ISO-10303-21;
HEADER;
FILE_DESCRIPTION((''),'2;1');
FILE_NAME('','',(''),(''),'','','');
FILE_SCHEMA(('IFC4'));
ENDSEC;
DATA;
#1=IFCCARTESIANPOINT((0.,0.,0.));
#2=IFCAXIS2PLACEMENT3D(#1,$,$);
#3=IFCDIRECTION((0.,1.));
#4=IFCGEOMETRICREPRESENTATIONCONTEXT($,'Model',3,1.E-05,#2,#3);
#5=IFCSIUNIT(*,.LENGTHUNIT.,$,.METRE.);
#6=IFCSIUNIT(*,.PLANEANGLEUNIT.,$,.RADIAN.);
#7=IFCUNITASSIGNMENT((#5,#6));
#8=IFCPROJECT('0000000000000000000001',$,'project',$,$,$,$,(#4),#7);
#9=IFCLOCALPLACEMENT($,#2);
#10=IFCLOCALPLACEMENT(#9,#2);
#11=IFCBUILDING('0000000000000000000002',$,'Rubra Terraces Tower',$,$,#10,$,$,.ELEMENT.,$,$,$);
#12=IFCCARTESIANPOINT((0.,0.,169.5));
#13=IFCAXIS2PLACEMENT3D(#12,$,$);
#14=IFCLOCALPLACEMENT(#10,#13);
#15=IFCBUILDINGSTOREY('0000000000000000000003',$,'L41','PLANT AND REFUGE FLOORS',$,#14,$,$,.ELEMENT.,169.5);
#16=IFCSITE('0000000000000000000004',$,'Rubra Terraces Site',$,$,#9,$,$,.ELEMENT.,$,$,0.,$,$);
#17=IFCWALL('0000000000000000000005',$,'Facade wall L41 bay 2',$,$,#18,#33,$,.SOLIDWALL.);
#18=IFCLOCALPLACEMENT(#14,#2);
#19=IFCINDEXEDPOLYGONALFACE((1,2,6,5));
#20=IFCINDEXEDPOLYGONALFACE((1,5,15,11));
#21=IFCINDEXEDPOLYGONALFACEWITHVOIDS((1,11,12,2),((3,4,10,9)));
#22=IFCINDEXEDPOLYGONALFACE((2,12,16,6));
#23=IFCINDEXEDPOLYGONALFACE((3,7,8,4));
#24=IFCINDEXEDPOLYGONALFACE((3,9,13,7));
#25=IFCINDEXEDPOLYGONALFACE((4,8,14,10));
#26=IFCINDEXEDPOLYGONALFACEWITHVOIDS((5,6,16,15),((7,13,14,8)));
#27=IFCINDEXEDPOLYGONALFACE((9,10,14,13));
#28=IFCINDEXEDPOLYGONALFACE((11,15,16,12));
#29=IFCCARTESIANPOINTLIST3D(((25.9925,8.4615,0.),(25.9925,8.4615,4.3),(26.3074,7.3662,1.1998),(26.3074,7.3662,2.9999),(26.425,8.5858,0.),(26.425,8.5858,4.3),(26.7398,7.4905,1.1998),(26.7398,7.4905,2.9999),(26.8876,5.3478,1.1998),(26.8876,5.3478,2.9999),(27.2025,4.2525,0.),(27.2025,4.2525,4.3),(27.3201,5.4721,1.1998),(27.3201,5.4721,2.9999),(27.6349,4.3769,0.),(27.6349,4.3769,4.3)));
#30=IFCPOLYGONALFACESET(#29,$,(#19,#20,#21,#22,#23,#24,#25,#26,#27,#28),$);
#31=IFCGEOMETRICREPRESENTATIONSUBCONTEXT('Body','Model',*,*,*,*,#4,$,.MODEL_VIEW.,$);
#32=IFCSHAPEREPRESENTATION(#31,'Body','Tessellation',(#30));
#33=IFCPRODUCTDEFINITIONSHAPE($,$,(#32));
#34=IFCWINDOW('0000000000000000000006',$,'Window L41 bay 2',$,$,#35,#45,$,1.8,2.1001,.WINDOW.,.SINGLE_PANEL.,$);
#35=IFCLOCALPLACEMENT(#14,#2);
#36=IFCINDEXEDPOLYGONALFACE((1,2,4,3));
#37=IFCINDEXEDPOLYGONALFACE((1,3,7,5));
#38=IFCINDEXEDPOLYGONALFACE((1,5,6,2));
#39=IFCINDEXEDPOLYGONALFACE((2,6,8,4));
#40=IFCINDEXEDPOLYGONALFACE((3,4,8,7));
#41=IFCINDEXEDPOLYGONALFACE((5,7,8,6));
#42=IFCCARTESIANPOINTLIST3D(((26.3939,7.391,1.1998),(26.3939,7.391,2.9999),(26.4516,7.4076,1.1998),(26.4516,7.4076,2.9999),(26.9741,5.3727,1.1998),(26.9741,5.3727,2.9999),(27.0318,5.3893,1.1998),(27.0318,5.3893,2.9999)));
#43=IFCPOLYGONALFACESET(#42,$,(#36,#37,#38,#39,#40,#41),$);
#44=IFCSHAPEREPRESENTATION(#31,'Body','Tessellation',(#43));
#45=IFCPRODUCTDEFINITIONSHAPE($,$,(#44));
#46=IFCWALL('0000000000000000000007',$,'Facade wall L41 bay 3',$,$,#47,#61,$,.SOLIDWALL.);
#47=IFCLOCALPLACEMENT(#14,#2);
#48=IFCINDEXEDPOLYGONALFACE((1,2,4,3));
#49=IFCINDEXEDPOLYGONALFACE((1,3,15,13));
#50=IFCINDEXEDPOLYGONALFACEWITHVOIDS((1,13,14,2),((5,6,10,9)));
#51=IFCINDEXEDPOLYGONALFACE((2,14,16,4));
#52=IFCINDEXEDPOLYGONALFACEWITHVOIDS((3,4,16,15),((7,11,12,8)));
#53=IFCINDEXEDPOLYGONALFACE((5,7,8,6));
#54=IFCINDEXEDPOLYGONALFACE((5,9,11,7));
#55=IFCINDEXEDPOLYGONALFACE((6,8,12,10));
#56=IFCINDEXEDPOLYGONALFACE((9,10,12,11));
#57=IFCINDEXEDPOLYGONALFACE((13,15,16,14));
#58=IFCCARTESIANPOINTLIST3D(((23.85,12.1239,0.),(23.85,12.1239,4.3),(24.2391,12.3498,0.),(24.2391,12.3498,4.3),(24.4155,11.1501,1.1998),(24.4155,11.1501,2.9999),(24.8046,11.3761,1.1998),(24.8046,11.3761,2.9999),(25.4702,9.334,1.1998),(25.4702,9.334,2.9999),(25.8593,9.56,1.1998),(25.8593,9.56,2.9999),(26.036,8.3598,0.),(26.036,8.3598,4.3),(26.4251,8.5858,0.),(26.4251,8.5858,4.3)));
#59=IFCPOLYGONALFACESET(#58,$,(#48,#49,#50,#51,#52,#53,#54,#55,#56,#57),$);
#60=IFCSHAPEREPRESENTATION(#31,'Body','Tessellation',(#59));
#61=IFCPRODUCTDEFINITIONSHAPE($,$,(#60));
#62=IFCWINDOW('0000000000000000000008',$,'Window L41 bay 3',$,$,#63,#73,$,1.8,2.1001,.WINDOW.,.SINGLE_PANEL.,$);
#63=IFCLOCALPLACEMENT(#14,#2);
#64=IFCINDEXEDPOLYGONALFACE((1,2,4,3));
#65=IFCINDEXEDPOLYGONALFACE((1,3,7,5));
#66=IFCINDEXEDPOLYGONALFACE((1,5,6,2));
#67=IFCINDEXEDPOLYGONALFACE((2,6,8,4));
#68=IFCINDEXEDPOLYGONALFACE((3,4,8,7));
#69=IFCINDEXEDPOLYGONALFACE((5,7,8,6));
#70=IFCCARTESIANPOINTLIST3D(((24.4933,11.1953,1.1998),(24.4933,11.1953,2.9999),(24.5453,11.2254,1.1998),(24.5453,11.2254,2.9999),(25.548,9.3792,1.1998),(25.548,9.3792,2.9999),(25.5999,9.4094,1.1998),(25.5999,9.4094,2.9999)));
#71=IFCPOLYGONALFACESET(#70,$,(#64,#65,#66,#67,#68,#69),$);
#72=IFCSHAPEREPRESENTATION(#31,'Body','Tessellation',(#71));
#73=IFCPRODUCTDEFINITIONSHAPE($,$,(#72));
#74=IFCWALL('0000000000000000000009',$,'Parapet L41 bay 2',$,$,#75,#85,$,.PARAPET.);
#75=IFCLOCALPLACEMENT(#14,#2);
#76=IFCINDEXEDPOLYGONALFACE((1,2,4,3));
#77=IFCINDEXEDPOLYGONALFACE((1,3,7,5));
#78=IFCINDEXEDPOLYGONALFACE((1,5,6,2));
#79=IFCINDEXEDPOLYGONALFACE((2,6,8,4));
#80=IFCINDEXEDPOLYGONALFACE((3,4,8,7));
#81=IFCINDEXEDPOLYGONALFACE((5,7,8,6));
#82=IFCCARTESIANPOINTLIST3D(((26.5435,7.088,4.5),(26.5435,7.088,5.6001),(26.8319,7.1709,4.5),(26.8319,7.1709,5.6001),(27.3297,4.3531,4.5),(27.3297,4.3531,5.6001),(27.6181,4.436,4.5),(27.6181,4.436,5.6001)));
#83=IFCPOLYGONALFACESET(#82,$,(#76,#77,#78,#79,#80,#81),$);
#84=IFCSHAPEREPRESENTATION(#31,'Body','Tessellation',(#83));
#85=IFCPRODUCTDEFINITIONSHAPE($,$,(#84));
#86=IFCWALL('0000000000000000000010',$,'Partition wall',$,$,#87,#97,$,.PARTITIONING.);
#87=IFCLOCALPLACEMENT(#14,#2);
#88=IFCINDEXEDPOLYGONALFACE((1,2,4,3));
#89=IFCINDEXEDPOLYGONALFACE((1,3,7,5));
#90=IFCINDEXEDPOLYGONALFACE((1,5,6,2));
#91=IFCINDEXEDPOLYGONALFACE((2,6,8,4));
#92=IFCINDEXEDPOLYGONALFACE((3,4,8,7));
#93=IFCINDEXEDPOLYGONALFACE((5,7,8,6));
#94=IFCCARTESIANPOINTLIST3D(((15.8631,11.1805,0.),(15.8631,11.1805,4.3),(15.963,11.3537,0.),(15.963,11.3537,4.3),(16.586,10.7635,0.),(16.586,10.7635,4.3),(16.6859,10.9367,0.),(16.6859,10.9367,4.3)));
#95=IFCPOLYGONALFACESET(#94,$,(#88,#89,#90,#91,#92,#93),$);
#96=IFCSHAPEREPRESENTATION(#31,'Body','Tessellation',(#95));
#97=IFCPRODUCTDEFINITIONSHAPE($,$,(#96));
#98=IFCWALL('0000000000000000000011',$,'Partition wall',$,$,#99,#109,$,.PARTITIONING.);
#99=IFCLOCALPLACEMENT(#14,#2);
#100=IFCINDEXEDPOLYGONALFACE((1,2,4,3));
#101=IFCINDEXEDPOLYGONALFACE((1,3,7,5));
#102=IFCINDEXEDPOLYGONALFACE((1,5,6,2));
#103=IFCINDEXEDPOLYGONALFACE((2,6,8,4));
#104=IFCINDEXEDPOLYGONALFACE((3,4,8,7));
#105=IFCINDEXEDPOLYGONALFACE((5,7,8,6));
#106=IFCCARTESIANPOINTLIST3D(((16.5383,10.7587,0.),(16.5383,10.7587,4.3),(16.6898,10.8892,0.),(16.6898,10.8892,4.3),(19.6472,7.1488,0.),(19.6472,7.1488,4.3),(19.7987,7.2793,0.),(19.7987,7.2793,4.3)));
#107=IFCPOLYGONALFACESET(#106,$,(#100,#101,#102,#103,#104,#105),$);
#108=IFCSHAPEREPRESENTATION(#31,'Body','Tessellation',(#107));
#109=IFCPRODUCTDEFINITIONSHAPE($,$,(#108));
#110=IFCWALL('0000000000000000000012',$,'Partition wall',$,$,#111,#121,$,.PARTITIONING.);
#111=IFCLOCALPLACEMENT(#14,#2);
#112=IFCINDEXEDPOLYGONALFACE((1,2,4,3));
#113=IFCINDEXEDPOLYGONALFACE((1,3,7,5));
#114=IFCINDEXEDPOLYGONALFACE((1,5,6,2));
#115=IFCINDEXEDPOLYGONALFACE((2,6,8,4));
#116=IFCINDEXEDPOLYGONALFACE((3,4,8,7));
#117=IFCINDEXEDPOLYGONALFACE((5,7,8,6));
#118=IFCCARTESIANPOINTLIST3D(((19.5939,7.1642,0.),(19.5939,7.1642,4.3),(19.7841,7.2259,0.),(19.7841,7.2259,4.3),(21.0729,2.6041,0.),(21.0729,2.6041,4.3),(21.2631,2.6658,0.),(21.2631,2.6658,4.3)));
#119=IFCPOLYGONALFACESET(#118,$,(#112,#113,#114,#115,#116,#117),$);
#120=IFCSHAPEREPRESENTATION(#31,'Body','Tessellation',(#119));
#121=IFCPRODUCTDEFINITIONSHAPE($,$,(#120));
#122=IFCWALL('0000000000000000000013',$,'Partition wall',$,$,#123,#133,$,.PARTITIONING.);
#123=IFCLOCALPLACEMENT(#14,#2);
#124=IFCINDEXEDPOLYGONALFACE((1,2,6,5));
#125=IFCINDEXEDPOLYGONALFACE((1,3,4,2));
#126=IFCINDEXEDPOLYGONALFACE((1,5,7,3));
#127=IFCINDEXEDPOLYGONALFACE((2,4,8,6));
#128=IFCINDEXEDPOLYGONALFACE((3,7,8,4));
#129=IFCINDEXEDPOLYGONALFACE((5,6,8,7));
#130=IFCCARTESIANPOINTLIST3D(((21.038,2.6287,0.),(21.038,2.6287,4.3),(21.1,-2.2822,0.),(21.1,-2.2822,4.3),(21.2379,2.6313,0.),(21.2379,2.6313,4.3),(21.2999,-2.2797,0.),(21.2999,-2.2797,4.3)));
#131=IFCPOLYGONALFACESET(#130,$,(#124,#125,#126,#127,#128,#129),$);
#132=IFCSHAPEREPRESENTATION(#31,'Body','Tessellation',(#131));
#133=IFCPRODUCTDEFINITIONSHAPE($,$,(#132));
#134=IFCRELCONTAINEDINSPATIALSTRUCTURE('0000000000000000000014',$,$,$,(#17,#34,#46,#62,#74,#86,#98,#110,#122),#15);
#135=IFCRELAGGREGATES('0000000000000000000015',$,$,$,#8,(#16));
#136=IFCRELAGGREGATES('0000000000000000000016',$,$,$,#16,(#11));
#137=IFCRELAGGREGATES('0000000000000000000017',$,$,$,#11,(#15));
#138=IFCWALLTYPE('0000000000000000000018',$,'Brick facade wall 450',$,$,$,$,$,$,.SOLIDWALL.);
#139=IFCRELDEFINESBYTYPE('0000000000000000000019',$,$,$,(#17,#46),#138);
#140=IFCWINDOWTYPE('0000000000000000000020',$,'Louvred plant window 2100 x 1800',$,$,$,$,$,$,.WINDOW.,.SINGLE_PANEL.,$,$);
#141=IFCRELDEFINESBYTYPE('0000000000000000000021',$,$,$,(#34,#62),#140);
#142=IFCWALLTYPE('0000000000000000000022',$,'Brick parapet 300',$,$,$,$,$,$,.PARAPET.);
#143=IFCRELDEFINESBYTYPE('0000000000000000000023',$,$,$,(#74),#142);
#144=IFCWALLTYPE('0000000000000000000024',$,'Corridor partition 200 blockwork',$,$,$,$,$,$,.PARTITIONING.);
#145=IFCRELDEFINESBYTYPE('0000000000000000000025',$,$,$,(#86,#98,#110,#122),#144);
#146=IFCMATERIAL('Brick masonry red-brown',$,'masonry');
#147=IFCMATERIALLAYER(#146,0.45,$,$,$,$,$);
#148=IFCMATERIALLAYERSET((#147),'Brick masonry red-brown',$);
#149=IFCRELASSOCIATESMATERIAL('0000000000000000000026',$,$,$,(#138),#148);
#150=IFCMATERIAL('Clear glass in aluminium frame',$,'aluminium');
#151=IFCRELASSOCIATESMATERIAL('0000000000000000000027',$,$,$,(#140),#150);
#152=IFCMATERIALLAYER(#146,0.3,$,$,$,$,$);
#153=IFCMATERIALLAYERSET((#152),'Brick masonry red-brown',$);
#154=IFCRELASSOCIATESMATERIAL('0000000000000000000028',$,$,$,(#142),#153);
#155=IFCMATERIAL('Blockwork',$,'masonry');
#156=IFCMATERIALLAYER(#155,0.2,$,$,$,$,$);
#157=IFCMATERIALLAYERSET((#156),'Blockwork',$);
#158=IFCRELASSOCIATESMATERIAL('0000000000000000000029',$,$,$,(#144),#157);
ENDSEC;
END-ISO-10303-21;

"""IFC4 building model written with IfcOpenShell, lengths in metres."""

from ifc_helpers import new_model, si_unit, direction, frame, frame_2d, origin, place, context, subcontext, project, spatial, rectangle, extrude, material, layer, layer_set, type_object, element, fill, save


model = new_model("IFC4")

# Units and contexts
model_context = context("Model", 3, precision=1e-05, world=origin(), true_north=direction((0.0, 1.0)))
body_context = subcontext(model_context, "Body", "Model", "MODEL_VIEW")
ifc_project = project(units=[si_unit("LENGTHUNIT", "METRE"), si_unit("PLANEANGLEUNIT", "RADIAN")], contexts=[model_context])

# Site, building, storey
site_placement = place(None, origin())
site = spatial("IfcSite", under=ifc_project, at=site_placement, Name="Rubra Terraces Site", CompositionType="ELEMENT", RefElevation=0.0)
building_placement = place(site_placement, origin())
building = spatial("IfcBuilding", under=site, at=building_placement, Name="Rubra Terraces Tower", CompositionType="ELEMENT")
storey_placement = place(building_placement, frame((0.0, 0.0, 169.5)))
storey = spatial("IfcBuildingStorey", under=building, at=storey_placement, Name="L41", Description="PLANT AND REFUGE FLOORS", CompositionType="ELEMENT", Elevation=169.5)

# Walls, openings, windows
ifc_material_1 = material(Name="Brick masonry red-brown", Category="masonry")
ifc_layer_1 = layer(ifc_material_1, 0.45)
ifc_layer_set_1 = layer_set([ifc_layer_1], Name="Brick masonry red-brown")
wall_type_1 = type_object("IfcWallType", Name="Brick facade wall 450", PredefinedType="SOLIDWALL", material=ifc_layer_set_1)
wall_1_placement = place(storey_placement, frame((27.4187, 4.3147, 0.0), z_axis=(0.0, 0.0, 1.0), x_axis=(-0.276282, 0.961077, 0.0)))
wall_1 = element("IfcWall", 1, at=wall_1_placement, inside=storey, type_object=wall_type_1, Name="Facade wall L41 bay 2", PredefinedType="SOLIDWALL", context=body_context, shape_type="SweptSolid", body=[
    extrude(rectangle(XDim=4.3794, YDim=0.45, at=frame_2d((2.1897, 0.0))), origin(), (0.0, 0.0, 1.0), 4.3),
])
opening_1_placement = place(wall_1_placement, frame((1.1396, 0.0, 1.2)))
opening_1 = element("IfcOpeningElement", 2, at=opening_1_placement, cuts=wall_1, PredefinedType="OPENING", context=body_context, shape_type="SweptSolid", body=[
    extrude(rectangle(XDim=2.1001, YDim=1.8, at=frame_2d((1.05, 0.8999))), frame((0.0, 0.2349, 0.0), z_axis=(0.0, -1.0, 0.0), x_axis=(1.0, 0.0, 0.0)), (0.0, 0.0, 1.0), 0.47),
])
ifc_material_2 = material(Name="Clear glass in aluminium frame", Category="aluminium")
window_type = type_object("IfcWindowType", Name="Louvred plant window 2100 x 1800", PartitioningType="SINGLE_PANEL", PredefinedType="WINDOW", material=ifc_material_2)
window_1_placement = place(opening_1_placement, origin())
window_1 = element("IfcWindow", 3, at=window_1_placement, inside=storey, type_object=window_type, Name="Window L41 bay 2", OverallHeight=1.8, OverallWidth=2.1001, PartitioningType="SINGLE_PANEL", PredefinedType="WINDOW", context=body_context, shape_type="SweptSolid", body=[
    extrude(rectangle(XDim=2.1001, YDim=1.8, at=frame_2d((1.05, 0.8999))), frame((0.0, 0.135, 0.0), z_axis=(0.0, -1.0, 0.0), x_axis=(1.0, 0.0, 0.0)), (0.0, 0.0, 1.0), 0.0601),
])
fill(opening_1, window_1)
wall_2_placement = place(storey_placement, frame((26.2305, 8.4729, 0.0), z_axis=(0.0, 0.0, 1.0), x_axis=(-0.502203, 0.86475, 0.0)))
wall_2 = element("IfcWall", 4, at=wall_2_placement, inside=storey, type_object=wall_type_1, Name="Facade wall L41 bay 3", PredefinedType="SOLIDWALL", context=body_context, shape_type="SweptSolid", body=[
    extrude(rectangle(XDim=4.3528, YDim=0.45, at=frame_2d((2.1763, 0.0))), origin(), (0.0, 0.0, 1.0), 4.3),
])
opening_2_placement = place(wall_2_placement, frame((1.1265, 0.0, 1.2)))
opening_2 = element("IfcOpeningElement", 5, at=opening_2_placement, cuts=wall_2, PredefinedType="OPENING", context=body_context, shape_type="SweptSolid", body=[
    extrude(rectangle(XDim=2.1001, YDim=1.8, at=frame_2d((1.05, 0.8999))), frame((0.0, 0.2349, 0.0), z_axis=(0.0, -1.0, 0.0), x_axis=(1.0, 0.0, 0.0)), (0.0, 0.0, 1.0), 0.47),
])
window_2_placement = place(opening_2_placement, origin())
window_2 = element("IfcWindow", 6, at=window_2_placement, inside=storey, type_object=window_type, Name="Window L41 bay 3", OverallHeight=1.8, OverallWidth=2.1001, PartitioningType="SINGLE_PANEL", PredefinedType="WINDOW", context=body_context, shape_type="SweptSolid", body=[
    extrude(rectangle(XDim=2.1001, YDim=1.8, at=frame_2d((1.05, 0.8999))), frame((0.0, 0.135, 0.0), z_axis=(0.0, -1.0, 0.0), x_axis=(1.0, 0.0, 0.0)), (0.0, 0.0, 1.0), 0.0601),
])
fill(opening_2, window_2)

# Walls
ifc_layer_2 = layer(ifc_material_1, 0.3)
ifc_layer_set_2 = layer_set([ifc_layer_2], Name="Brick masonry red-brown")
wall_type_2 = type_object("IfcWallType", Name="Brick parapet 300", PredefinedType="PARAPET", material=ifc_layer_set_2)
wall_3_placement = place(storey_placement, frame((27.4739, 4.3945, 4.5), z_axis=(0.0, 0.0, 1.0), x_axis=(-0.276262, 0.961082, 0.0)))
element("IfcWall", 7, at=wall_3_placement, inside=storey, type_object=wall_type_2, Name="Parapet L41 bay 2", PredefinedType="PARAPET", context=body_context, shape_type="SweptSolid", body=[
    extrude(rectangle(XDim=2.8457, YDim=0.3, at=frame_2d((1.4229, 0.0))), origin(), (0.0, 0.0, 1.0), 1.1001),
])
ifc_material_3 = material(Name="Blockwork", Category="masonry")
ifc_layer_3 = layer(ifc_material_3, 0.2)
ifc_layer_set_3 = layer_set([ifc_layer_3], Name="Blockwork")
wall_type_3 = type_object("IfcWallType", Name="Corridor partition 200 blockwork", PredefinedType="PARTITIONING", material=ifc_layer_set_3)
wall_4_placement = place(storey_placement, frame((15.9131, 11.2671, 0.0), z_axis=(0.0, 0.0, 1.0), x_axis=(0.86622, -0.499663, 0.0)))
element("IfcWall", 8, at=wall_4_placement, inside=storey, type_object=wall_type_3, Name="Partition wall", PredefinedType="PARTITIONING", context=body_context, shape_type="SweptSolid", body=[
    extrude(rectangle(XDim=0.8345, YDim=0.2, at=frame_2d((0.4172, 0.0))), origin(), (0.0, 0.0, 1.0), 4.3),
])
wall_5_placement = place(storey_placement, frame((16.614, 10.824, 0.0), z_axis=(0.0, 0.0, 1.0), x_axis=(0.652571, -0.757728, 0.0)))
element("IfcWall", 9, at=wall_5_placement, inside=storey, type_object=wall_type_3, Name="Partition wall", PredefinedType="PARTITIONING", context=body_context, shape_type="SweptSolid", body=[
    extrude(rectangle(XDim=4.7642, YDim=0.2, at=frame_2d((2.3821, 0.0))), origin(), (0.0, 0.0, 1.0), 4.3),
])
wall_6_placement = place(storey_placement, frame((19.689, 7.1951, 0.0), z_axis=(0.0, 0.0, 1.0), x_axis=(0.308517, -0.951219, 0.0)))
element("IfcWall", 10, at=wall_6_placement, inside=storey, type_object=wall_type_3, Name="Partition wall", PredefinedType="PARTITIONING", context=body_context, shape_type="SweptSolid", body=[
    extrude(rectangle(XDim=4.7939, YDim=0.2, at=frame_2d((2.397, 0.0))), origin(), (0.0, 0.0, 1.0), 4.3),
])
wall_7_placement = place(storey_placement, frame((21.1379, 2.6299, 0.0), z_axis=(0.0, 0.0, 1.0), x_axis=(0.012626, -0.99992, 0.0)))
element("IfcWall", 11, at=wall_7_placement, inside=storey, type_object=wall_type_3, Name="Partition wall", PredefinedType="PARTITIONING", context=body_context, shape_type="SweptSolid", body=[
    extrude(rectangle(XDim=4.9114, YDim=0.2, at=frame_2d((2.4556, 0.0))), origin(), (0.0, 0.0, 1.0), 4.3),
])

save(model, "model.ifc")
